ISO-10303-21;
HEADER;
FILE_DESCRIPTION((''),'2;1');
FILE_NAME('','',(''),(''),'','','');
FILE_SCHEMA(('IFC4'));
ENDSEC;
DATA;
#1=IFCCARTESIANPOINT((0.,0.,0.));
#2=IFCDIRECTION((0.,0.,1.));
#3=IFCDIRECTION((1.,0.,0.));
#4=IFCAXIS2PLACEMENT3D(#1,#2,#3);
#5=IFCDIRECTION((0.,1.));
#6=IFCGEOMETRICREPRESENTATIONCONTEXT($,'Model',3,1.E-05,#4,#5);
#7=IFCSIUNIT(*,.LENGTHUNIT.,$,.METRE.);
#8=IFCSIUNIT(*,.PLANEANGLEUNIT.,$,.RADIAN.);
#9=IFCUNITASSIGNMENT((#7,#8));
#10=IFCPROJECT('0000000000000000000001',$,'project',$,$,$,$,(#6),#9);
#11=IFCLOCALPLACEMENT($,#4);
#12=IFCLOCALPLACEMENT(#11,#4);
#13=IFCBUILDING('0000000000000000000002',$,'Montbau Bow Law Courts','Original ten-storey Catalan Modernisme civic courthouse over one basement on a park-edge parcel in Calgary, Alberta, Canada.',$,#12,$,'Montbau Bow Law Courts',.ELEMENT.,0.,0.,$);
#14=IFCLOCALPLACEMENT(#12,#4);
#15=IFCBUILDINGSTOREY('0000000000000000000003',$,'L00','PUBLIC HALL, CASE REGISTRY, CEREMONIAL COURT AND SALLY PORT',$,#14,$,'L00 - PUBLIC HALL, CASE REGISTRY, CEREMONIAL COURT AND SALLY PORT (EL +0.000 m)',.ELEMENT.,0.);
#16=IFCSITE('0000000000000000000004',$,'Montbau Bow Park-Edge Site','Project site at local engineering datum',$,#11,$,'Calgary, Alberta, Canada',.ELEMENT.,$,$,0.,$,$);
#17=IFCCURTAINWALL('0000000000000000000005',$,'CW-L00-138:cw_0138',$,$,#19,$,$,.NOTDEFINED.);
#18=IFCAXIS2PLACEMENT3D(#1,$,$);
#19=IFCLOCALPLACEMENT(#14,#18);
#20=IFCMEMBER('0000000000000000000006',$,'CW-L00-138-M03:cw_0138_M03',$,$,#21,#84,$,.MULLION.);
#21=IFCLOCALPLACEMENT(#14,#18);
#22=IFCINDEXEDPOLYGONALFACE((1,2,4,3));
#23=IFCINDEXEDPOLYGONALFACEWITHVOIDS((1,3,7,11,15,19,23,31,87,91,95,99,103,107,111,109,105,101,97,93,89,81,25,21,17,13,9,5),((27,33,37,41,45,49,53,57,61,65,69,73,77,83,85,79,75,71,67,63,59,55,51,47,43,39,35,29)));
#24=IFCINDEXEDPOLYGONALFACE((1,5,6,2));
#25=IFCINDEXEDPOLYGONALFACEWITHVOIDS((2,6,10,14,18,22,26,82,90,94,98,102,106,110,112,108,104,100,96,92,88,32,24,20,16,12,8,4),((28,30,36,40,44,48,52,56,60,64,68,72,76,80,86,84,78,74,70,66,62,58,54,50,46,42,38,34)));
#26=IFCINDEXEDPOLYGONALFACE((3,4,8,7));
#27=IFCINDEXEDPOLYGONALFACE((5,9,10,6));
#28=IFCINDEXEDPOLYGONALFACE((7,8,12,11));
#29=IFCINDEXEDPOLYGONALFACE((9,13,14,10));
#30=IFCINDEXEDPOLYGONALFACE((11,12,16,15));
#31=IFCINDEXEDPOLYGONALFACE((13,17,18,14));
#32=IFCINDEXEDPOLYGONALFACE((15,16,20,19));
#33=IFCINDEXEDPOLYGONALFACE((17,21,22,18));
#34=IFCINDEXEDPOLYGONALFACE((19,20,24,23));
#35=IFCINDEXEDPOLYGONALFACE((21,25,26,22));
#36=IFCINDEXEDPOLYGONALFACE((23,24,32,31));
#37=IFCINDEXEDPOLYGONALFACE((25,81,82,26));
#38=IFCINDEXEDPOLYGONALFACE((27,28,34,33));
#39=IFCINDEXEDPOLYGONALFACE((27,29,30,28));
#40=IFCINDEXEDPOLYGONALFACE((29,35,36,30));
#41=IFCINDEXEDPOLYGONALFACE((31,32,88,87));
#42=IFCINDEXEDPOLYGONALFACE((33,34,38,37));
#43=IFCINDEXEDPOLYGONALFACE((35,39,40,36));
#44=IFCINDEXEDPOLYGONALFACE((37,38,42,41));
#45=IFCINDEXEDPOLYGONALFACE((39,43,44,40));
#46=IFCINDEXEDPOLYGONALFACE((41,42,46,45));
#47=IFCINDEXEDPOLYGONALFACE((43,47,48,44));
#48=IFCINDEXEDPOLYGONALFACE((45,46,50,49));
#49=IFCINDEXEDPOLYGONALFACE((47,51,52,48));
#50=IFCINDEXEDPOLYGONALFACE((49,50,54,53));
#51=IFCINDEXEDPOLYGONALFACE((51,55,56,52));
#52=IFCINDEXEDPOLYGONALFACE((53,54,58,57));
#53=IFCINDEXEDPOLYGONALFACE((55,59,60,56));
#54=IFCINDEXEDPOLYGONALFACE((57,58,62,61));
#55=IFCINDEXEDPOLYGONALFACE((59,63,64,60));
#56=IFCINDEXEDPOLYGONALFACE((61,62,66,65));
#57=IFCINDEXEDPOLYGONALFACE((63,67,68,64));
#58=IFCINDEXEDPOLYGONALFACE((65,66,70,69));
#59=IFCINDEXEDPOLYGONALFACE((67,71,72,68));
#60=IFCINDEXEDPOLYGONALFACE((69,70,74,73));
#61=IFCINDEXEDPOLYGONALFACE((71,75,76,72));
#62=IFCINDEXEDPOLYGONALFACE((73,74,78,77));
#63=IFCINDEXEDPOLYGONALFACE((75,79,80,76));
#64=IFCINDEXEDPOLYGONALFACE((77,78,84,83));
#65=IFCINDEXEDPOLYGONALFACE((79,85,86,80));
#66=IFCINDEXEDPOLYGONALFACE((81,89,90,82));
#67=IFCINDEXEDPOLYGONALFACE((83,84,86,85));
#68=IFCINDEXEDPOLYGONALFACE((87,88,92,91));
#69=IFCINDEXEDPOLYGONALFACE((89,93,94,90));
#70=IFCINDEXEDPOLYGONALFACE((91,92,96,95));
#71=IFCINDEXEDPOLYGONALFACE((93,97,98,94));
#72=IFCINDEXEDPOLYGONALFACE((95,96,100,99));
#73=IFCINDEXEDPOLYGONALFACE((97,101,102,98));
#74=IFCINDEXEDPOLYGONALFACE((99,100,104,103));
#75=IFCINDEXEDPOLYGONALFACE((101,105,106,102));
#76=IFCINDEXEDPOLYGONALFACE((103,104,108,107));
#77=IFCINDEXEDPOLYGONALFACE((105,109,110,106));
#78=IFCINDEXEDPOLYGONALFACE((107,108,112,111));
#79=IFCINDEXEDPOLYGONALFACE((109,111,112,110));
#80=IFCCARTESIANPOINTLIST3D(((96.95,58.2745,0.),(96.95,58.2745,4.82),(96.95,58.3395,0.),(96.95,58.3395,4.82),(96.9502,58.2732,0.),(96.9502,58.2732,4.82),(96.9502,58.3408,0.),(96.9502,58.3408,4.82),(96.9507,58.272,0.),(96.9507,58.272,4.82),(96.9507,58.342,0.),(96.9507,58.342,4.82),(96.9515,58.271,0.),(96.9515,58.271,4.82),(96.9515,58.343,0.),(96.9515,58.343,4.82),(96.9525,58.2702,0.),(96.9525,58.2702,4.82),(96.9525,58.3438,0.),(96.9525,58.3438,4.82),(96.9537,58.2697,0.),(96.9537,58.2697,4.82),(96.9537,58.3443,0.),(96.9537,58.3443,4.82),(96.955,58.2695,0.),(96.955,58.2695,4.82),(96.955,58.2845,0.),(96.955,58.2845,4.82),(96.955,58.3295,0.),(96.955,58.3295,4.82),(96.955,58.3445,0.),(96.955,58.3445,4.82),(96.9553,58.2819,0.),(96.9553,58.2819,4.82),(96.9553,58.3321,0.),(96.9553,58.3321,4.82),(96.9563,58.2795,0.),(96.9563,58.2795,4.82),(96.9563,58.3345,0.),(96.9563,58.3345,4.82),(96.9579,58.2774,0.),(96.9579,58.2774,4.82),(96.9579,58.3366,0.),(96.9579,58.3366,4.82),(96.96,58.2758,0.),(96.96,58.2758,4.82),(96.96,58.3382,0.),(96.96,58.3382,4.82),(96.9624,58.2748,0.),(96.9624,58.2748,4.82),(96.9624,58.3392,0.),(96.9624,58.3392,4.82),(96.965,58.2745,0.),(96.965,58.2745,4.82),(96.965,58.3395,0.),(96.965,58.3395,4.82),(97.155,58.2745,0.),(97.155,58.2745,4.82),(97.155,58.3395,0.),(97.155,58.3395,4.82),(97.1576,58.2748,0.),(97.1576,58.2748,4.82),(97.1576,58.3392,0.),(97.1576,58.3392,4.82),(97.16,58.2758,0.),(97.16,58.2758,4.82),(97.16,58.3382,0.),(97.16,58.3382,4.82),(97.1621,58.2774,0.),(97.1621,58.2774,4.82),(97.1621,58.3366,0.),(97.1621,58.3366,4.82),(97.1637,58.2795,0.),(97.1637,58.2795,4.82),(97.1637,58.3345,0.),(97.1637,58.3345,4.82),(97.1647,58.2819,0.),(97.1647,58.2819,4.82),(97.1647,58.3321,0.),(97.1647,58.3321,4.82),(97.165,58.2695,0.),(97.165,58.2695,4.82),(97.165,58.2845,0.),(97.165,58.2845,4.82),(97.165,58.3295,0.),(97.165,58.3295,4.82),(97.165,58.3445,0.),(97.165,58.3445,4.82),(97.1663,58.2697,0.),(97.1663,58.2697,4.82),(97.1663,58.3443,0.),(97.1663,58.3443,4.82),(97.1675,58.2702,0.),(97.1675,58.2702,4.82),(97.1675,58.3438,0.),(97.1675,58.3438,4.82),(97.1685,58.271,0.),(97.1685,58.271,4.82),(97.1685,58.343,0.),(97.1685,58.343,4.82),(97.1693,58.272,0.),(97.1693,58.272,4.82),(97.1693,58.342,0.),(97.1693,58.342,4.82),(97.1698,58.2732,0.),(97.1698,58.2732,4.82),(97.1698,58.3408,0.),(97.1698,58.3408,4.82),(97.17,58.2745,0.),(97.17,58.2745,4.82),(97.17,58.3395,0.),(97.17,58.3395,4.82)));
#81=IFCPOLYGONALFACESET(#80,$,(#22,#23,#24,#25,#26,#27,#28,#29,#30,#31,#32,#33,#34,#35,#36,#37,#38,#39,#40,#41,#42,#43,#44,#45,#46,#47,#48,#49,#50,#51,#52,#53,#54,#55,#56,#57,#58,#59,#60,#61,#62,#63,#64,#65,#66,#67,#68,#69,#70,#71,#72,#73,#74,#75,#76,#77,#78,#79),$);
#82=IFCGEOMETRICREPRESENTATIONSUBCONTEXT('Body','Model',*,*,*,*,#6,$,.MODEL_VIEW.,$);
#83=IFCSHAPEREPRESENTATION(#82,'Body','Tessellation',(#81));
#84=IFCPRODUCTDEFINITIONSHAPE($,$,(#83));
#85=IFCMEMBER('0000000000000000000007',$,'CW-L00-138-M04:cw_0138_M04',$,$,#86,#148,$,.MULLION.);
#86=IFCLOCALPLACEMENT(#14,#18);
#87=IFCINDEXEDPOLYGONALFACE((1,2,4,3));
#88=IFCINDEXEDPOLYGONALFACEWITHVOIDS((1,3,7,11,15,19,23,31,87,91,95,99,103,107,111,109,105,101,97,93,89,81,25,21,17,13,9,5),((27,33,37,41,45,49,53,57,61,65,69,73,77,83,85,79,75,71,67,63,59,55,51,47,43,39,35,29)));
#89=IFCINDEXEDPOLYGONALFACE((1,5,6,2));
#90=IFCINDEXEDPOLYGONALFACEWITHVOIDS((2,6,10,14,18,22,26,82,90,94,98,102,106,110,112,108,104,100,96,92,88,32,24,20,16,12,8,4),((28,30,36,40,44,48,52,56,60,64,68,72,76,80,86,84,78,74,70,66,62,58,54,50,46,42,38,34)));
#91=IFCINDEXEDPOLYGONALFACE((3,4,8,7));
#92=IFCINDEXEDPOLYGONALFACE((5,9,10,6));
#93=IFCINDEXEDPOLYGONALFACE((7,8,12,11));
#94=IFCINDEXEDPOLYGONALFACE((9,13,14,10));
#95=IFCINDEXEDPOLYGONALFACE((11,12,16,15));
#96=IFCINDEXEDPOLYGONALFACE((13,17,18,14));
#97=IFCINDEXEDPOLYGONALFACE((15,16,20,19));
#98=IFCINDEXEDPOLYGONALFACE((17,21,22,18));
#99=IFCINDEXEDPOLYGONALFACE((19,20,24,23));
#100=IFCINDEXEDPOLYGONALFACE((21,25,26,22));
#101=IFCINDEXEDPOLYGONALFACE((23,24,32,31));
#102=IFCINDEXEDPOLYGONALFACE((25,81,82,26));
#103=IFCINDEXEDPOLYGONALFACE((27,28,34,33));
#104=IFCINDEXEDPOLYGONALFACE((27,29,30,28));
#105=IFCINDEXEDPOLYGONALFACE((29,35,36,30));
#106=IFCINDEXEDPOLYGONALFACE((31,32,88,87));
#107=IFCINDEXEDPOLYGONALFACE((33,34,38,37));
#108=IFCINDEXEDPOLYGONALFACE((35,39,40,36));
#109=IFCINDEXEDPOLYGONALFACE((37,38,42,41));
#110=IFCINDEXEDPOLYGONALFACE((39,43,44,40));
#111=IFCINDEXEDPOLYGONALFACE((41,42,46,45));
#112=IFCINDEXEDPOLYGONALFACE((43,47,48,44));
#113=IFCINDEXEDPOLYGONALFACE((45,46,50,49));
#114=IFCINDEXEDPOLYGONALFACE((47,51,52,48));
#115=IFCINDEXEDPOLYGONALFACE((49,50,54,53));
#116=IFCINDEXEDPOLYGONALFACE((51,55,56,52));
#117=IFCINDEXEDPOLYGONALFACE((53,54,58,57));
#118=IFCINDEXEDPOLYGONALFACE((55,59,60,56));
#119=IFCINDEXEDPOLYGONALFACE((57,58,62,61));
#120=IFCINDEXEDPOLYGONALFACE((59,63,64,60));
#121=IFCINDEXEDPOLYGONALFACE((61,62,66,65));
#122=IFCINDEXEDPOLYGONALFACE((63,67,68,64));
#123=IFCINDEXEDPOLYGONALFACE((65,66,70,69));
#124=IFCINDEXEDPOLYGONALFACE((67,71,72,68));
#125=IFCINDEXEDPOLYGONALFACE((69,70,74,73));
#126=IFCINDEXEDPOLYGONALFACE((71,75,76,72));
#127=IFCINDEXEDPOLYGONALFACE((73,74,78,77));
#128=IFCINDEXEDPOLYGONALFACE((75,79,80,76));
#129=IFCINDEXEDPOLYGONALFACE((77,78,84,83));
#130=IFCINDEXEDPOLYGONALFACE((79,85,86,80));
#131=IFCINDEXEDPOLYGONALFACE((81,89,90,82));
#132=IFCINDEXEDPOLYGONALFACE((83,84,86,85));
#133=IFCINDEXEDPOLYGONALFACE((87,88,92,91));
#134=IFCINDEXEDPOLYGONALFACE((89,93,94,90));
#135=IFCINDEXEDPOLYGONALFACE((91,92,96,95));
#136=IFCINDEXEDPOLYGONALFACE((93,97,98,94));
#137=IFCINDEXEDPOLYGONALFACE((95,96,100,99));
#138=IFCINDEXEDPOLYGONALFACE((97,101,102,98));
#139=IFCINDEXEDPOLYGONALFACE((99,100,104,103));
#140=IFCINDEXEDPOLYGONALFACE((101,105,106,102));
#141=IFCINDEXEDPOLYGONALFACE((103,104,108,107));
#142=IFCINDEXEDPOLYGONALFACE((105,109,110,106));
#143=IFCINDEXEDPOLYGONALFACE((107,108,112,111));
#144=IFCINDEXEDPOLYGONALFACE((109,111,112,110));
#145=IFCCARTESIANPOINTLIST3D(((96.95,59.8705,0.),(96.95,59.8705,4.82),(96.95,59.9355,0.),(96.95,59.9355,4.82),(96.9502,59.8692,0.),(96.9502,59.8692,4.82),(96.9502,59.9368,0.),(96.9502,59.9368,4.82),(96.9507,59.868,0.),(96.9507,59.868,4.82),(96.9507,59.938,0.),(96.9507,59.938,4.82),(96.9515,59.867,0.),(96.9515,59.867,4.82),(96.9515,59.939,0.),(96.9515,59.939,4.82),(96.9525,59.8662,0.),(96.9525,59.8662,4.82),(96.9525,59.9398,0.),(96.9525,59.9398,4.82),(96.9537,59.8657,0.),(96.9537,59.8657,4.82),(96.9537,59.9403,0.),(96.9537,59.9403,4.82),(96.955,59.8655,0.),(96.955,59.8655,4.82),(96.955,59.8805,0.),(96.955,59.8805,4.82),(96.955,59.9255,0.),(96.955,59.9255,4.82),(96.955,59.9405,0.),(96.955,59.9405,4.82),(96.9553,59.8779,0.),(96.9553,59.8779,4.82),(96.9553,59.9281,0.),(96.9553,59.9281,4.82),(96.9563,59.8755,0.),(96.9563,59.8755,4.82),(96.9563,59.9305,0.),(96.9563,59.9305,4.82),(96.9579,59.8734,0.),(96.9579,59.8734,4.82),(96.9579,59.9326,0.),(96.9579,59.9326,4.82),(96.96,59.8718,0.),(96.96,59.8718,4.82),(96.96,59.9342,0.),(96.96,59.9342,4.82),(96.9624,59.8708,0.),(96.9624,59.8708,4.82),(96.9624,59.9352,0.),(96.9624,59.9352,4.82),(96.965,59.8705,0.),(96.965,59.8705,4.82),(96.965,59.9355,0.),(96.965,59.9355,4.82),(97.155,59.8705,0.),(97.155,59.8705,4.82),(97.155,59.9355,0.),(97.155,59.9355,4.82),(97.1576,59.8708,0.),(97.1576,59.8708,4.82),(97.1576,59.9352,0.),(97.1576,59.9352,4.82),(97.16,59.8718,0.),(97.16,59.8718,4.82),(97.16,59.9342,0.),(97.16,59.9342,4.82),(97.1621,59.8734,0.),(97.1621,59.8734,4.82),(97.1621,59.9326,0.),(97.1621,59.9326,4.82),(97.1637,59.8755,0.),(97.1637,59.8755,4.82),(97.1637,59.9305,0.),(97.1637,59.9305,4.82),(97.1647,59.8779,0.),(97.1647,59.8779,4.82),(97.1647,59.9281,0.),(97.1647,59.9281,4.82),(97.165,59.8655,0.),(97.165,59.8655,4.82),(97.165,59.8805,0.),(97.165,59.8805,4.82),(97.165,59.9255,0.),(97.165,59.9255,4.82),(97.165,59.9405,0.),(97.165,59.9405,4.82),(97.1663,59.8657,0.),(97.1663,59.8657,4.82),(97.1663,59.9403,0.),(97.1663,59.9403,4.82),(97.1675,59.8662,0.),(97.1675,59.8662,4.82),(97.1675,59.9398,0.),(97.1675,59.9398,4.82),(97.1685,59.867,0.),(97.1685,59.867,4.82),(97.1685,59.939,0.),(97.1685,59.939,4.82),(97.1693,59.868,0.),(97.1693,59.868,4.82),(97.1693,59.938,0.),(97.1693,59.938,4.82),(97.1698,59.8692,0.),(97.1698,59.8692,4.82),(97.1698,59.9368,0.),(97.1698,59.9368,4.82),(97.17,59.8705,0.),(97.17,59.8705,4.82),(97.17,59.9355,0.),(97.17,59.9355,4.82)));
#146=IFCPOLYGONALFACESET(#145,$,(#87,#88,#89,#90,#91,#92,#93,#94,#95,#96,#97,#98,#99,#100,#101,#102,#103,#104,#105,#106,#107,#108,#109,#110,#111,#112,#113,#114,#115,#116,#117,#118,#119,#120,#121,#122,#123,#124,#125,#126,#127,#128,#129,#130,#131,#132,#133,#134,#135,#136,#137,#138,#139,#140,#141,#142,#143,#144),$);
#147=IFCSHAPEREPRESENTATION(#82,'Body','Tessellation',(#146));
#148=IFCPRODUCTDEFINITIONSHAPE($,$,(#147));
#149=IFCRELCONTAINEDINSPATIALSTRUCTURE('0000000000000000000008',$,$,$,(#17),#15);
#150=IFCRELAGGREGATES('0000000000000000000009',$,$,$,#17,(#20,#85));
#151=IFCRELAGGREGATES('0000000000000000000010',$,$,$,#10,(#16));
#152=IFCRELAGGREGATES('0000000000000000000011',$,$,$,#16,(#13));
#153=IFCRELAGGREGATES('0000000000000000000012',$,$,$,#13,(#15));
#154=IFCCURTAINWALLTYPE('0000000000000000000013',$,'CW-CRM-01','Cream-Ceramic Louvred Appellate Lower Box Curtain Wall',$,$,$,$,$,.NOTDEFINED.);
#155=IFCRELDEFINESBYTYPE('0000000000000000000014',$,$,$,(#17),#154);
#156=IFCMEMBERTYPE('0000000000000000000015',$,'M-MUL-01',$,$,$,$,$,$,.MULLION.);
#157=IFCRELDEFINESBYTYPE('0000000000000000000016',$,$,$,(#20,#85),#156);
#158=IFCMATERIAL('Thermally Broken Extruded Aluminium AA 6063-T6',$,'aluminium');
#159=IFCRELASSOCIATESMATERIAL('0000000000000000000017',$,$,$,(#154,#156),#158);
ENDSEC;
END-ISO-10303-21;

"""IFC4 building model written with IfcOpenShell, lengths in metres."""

from ifc_helpers import new_model, si_unit, direction, frame, origin_with_axes, origin_2d_with_axis, place, context, subcontext, project, spatial, hollow_rectangle, extrude, material, material_profile, profile_set, type_object, element, aggregate, save


model = new_model("IFC4")

# Units and contexts
model_context = context("Model", 3, precision=1e-05, world=origin_with_axes(), true_north=direction((0.0, 1.0)))
body_context = subcontext(model_context, "Body", "Model", "MODEL_VIEW")
ifc_project = project(units=[si_unit("LENGTHUNIT", "METRE"), si_unit("PLANEANGLEUNIT", "RADIAN")], contexts=[model_context])

# Site, building, storey
site_placement = place(None, origin_with_axes())
site = spatial("IfcSite", under=ifc_project, at=site_placement, Name="Montbau Bow Park-Edge Site", Description="Project site at local engineering datum", LongName="Calgary, Alberta, Canada", CompositionType="ELEMENT", RefElevation=0.0)
building_placement = place(site_placement, origin_with_axes())
building = spatial("IfcBuilding", under=site, at=building_placement, Name="Montbau Bow Law Courts", Description="Original ten-storey Catalan Modernisme civic courthouse over one basement on a park-edge parcel in Calgary, Alberta, Canada.", LongName="Montbau Bow Law Courts", CompositionType="ELEMENT", ElevationOfRefHeight=0.0, ElevationOfTerrain=0.0)
storey_placement = place(building_placement, origin_with_axes())
storey = spatial("IfcBuildingStorey", under=building, at=storey_placement, Name="L00", Description="PUBLIC HALL, CASE REGISTRY, CEREMONIAL COURT AND SALLY PORT", LongName="L00 - PUBLIC HALL, CASE REGISTRY, CEREMONIAL COURT AND SALLY PORT (EL +0.000 m)", CompositionType="ELEMENT", Elevation=0.0)

# Curtain wall, members
ifc_material_1 = material(Name="Thermally Broken Extruded Aluminium AA 6063-T6", Category="aluminium")
curtain_wall_type = type_object("IfcCurtainWallType", Name="CW-CRM-01", Description="Cream-Ceramic Louvred Appellate Lower Box Curtain Wall", PredefinedType="NOTDEFINED", material=ifc_material_1)
curtain_wall_1_placement = place(None, frame((97.06, 55.115, 0.0), z_axis=(0.0, 0.0, 1.0), x_axis=(1.0, 0.0, 0.0)))
curtain_wall_1 = element("IfcCurtainWall", 1, at=curtain_wall_1_placement, inside=storey, type_object=curtain_wall_type, Name="CW-L00-138:cw_0138", PredefinedType="NOTDEFINED")
ifc_material_profile_1 = material_profile(ifc_material_1, hollow_rectangle(XDim=0.075, YDim=0.22, WallThickness=0.005, InnerFilletRadius=0.01, OuterFilletRadius=0.005, at=origin_2d_with_axis()), Name="CWM-220X75", Category="Main", Priority=0)
ifc_profile_set_1 = profile_set([ifc_material_profile_1], Name="Thermally Broken Extruded Aluminium AA 6063-T6")
member_type_1 = type_object("IfcMemberType", Name="M-MUL-01", PredefinedType="MULLION", material=ifc_profile_set_1)
member_1_placement = place(None, frame((97.06, 58.307, 0.0), z_axis=(0.0, 0.0, 1.0), x_axis=(0.0, 1.0, 0.0)))
member_1 = element("IfcMember", 2, at=member_1_placement, type_object=member_type_1, Name="CW-L00-138-M03:cw_0138_M03", PredefinedType="MULLION", context=body_context, shape_type="SweptSolid", body=[
    extrude(hollow_rectangle(XDim=0.075, YDim=0.22, WallThickness=0.005, InnerFilletRadius=0.01, OuterFilletRadius=0.005, at=origin_2d_with_axis()), origin_with_axes(), (0.0, 0.0, 1.0), 4.82),
])
member_2_placement = place(None, frame((97.06, 59.903, 0.0), z_axis=(0.0, 0.0, 1.0), x_axis=(0.0, 1.0, 0.0)))
member_2 = element("IfcMember", 3, at=member_2_placement, type_object=member_type_1, Name="CW-L00-138-M04:cw_0138_M04", PredefinedType="MULLION", context=body_context, shape_type="SweptSolid", body=[
    extrude(hollow_rectangle(XDim=0.075, YDim=0.22, WallThickness=0.005, InnerFilletRadius=0.01, OuterFilletRadius=0.005, at=origin_2d_with_axis()), origin_with_axes(), (0.0, 0.0, 1.0), 4.82),
])

aggregate(curtain_wall_1, [member_1, member_2])

save(model, "model.ifc")
